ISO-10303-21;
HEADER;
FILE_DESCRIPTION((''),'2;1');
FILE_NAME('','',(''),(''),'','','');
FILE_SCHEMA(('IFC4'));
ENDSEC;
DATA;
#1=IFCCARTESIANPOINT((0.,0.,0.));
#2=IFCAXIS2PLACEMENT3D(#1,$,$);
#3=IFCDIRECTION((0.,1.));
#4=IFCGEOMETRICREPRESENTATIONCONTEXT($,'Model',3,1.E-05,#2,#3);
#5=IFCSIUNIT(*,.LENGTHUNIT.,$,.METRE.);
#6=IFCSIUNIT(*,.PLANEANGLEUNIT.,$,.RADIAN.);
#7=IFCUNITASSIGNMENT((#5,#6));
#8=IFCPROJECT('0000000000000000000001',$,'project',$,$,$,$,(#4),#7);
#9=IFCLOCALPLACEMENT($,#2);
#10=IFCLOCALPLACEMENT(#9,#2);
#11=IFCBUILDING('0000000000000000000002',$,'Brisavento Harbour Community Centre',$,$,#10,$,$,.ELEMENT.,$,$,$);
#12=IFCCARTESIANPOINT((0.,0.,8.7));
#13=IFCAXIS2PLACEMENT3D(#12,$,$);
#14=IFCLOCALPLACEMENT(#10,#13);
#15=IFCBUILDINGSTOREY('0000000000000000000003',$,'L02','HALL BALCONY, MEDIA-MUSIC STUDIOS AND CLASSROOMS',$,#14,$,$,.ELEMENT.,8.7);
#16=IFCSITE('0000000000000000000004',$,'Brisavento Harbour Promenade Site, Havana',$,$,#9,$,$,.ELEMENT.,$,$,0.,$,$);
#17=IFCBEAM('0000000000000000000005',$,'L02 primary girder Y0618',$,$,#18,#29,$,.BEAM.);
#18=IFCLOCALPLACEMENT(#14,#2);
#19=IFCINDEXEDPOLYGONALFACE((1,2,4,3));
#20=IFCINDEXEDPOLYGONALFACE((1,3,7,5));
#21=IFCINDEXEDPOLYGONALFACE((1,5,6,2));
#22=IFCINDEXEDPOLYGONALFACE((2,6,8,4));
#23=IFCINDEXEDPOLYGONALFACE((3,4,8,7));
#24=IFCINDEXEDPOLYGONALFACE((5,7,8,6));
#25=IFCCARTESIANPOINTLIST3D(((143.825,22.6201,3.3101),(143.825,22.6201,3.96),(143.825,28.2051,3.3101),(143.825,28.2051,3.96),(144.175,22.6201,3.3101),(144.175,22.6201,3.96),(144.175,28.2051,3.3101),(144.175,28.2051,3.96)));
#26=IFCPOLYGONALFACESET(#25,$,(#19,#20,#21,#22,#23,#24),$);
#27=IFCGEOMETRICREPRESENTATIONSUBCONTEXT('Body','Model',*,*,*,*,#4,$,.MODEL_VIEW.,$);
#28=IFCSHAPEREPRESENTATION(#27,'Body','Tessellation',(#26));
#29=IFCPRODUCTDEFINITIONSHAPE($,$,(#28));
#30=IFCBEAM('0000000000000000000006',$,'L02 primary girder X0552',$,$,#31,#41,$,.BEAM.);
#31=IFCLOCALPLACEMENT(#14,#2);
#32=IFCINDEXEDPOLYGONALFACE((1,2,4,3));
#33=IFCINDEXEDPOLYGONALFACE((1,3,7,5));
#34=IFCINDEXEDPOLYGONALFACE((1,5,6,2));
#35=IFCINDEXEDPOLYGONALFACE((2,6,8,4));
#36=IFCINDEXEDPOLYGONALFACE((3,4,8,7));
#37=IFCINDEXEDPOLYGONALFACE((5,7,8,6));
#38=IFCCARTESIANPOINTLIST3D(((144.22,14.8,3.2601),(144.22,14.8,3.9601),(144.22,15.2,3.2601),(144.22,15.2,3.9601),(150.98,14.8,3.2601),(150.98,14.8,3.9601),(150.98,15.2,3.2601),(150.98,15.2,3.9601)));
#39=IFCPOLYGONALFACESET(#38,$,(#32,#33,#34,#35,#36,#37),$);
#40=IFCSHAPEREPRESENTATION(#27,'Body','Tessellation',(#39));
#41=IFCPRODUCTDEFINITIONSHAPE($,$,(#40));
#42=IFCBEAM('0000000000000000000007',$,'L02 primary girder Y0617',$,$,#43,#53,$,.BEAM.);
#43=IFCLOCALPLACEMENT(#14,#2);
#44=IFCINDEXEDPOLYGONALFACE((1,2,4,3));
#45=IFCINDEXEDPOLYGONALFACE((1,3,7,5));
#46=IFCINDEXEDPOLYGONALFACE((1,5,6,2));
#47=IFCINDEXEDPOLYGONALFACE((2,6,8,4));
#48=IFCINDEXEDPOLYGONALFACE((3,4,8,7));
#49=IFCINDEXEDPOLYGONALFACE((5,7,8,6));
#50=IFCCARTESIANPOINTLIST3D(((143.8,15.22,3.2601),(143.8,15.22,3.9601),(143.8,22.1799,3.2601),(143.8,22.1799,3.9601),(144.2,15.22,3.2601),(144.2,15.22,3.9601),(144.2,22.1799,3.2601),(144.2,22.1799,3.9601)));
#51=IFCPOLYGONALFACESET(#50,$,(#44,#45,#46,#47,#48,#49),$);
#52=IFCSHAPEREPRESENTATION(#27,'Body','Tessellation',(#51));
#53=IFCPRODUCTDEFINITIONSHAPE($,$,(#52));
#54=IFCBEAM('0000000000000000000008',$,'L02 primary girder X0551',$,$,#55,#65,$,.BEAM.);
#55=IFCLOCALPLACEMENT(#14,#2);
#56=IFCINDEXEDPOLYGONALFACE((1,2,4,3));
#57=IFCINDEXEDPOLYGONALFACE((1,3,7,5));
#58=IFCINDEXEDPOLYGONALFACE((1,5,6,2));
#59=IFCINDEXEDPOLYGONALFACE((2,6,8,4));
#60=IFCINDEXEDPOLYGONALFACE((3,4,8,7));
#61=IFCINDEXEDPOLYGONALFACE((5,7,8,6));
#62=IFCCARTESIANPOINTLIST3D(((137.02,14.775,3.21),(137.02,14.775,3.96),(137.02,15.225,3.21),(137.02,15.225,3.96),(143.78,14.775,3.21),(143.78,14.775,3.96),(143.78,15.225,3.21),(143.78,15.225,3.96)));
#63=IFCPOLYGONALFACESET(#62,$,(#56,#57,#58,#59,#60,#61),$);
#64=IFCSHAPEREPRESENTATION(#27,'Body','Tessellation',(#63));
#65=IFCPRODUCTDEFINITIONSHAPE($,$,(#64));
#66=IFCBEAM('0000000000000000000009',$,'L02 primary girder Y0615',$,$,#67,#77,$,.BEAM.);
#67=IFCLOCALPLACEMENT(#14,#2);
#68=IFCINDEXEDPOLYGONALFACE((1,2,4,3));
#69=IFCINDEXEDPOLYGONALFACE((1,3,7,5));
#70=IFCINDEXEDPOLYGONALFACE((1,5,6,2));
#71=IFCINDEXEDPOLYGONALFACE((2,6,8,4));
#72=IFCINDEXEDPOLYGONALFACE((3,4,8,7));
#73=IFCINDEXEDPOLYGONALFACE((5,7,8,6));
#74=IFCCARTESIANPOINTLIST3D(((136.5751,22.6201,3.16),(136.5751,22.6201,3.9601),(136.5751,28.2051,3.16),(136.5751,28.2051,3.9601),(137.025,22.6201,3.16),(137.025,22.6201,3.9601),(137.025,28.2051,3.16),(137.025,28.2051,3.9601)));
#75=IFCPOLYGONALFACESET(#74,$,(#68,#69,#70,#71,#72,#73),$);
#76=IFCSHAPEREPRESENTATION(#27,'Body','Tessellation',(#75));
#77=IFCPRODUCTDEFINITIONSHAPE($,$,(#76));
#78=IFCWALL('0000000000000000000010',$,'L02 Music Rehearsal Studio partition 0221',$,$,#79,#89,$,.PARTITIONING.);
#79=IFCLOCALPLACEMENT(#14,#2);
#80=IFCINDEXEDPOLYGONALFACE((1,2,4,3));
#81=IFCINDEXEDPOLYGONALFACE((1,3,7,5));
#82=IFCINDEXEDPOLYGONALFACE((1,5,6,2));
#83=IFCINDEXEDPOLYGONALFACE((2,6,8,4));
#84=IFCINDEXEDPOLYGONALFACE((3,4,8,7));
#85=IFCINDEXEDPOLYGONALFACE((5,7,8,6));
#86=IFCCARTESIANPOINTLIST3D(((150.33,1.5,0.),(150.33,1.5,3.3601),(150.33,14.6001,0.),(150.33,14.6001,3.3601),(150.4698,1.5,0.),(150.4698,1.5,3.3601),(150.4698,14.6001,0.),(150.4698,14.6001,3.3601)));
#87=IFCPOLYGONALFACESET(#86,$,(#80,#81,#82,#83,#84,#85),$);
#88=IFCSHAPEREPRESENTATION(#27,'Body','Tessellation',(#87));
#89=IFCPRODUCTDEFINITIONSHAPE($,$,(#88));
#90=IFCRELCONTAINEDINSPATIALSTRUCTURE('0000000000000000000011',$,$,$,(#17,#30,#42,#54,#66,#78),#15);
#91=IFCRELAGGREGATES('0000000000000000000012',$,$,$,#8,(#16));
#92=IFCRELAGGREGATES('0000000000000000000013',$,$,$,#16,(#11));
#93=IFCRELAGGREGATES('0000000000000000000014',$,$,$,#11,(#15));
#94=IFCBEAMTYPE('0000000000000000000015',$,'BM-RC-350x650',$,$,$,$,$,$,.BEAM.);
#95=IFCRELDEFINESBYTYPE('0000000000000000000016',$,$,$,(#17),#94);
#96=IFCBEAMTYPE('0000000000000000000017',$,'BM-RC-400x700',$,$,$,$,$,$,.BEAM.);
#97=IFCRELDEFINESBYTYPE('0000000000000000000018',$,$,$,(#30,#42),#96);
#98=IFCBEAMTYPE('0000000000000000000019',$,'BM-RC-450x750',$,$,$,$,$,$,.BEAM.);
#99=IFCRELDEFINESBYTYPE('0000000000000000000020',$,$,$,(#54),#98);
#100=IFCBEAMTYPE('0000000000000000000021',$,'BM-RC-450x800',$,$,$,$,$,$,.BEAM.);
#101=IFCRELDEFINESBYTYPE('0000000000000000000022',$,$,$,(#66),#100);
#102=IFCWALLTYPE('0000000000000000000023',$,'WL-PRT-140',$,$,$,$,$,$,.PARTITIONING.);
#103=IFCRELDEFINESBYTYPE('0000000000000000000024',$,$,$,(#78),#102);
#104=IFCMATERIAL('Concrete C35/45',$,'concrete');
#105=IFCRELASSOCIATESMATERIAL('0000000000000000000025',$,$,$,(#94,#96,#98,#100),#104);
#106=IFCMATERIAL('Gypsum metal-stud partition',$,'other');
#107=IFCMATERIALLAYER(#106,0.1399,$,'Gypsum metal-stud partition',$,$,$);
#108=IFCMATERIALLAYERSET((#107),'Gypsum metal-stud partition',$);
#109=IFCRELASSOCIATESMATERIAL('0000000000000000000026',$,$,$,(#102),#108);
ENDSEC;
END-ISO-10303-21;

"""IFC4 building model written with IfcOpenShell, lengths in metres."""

from ifc_helpers import new_model, si_unit, direction, frame, frame_2d, origin, origin_2d, place, context, subcontext, project, spatial, rectangle, extrude, material, layer, layer_set, material_profile, profile_set, type_object, element, save


model = new_model("IFC4")

# Units and contexts
model_context = context("Model", 3, precision=1e-05, world=origin(), true_north=direction((0.0, 1.0)))
body_context = subcontext(model_context, "Body", "Model", "MODEL_VIEW")
ifc_project = project(units=[si_unit("LENGTHUNIT", "METRE"), si_unit("PLANEANGLEUNIT", "RADIAN")], contexts=[model_context])

# Site, building, storey
site_placement = place(None, origin())
site = spatial("IfcSite", under=ifc_project, at=site_placement, Name="Brisavento Harbour Promenade Site, Havana", CompositionType="ELEMENT", RefElevation=0.0)
building_placement = place(site_placement, origin())
building = spatial("IfcBuilding", under=site, at=building_placement, Name="Brisavento Harbour Community Centre", CompositionType="ELEMENT")
storey_placement = place(building_placement, frame((0.0, 0.0, 8.7)))
storey = spatial("IfcBuildingStorey", under=building, at=storey_placement, Name="L02", Description="HALL BALCONY, MEDIA-MUSIC STUDIOS AND CLASSROOMS", CompositionType="ELEMENT", Elevation=8.7)

# Shared definitions
ifc_material_1 = material(Name="Concrete C35/45", Category="concrete")

# Beams
ifc_material_profile_1 = material_profile(ifc_material_1, rectangle(XDim=0.3501, YDim=0.6499, at=origin_2d()), Name="Concrete C35/45")
ifc_profile_set_1 = profile_set([ifc_material_profile_1], Name="Concrete C35/45")
beam_type_1 = type_object("IfcBeamType", Name="BM-RC-350x650", PredefinedType="BEAM", material=ifc_profile_set_1)
beam_1_placement = place(storey_placement, frame((144.0, 22.6201, 3.635), z_axis=(0.0, 1.0, 0.0), x_axis=(-1.0, 0.0, 0.0)))
element("IfcBeam", 1, at=beam_1_placement, inside=storey, type_object=beam_type_1, Name="L02 primary girder Y0618", PredefinedType="BEAM", context=body_context, shape_type="SweptSolid", body=[
    extrude(rectangle(XDim=0.3501, YDim=0.6499, at=origin_2d()), origin(), (0.0, 0.0, 1.0), 5.585),
])
ifc_material_profile_2 = material_profile(ifc_material_1, rectangle(XDim=0.3999, YDim=0.7, at=origin_2d()), Name="Concrete C35/45")
ifc_profile_set_2 = profile_set([ifc_material_profile_2], Name="Concrete C35/45")
beam_type_2 = type_object("IfcBeamType", Name="BM-RC-400x700", PredefinedType="BEAM", material=ifc_profile_set_2)
beam_2_placement = place(storey_placement, frame((144.22, 15.0, 3.6101), z_axis=(1.0, 0.0, 0.0), x_axis=(0.0, 1.0, 0.0)))
element("IfcBeam", 2, at=beam_2_placement, inside=storey, type_object=beam_type_2, Name="L02 primary girder X0552", PredefinedType="BEAM", context=body_context, shape_type="SweptSolid", body=[
    extrude(rectangle(XDim=0.3999, YDim=0.7, at=origin_2d()), origin(), (0.0, 0.0, 1.0), 6.76),
])
beam_3_placement = place(storey_placement, frame((144.0, 15.22, 3.6101), z_axis=(0.0, 1.0, 0.0), x_axis=(-1.0, 0.0, 0.0)))
element("IfcBeam", 3, at=beam_3_placement, inside=storey, type_object=beam_type_2, Name="L02 primary girder Y0617", PredefinedType="BEAM", context=body_context, shape_type="SweptSolid", body=[
    extrude(rectangle(XDim=0.3999, YDim=0.7, at=origin_2d()), origin(), (0.0, 0.0, 1.0), 6.96),
])
ifc_material_profile_3 = material_profile(ifc_material_1, rectangle(XDim=0.45, YDim=0.75, at=origin_2d()), Name="Concrete C35/45")
ifc_profile_set_3 = profile_set([ifc_material_profile_3], Name="Concrete C35/45")
beam_type_3 = type_object("IfcBeamType", Name="BM-RC-450x750", PredefinedType="BEAM", material=ifc_profile_set_3)
beam_4_placement = place(storey_placement, frame((137.02, 15.0, 3.585), z_axis=(1.0, 0.0, 0.0), x_axis=(0.0, 1.0, 0.0)))
element("IfcBeam", 4, at=beam_4_placement, inside=storey, type_object=beam_type_3, Name="L02 primary girder X0551", PredefinedType="BEAM", context=body_context, shape_type="SweptSolid", body=[
    extrude(rectangle(XDim=0.45, YDim=0.75, at=origin_2d()), origin(), (0.0, 0.0, 1.0), 6.76),
])
ifc_material_profile_4 = material_profile(ifc_material_1, rectangle(XDim=0.45, YDim=0.8, at=origin_2d()), Name="Concrete C35/45")
ifc_profile_set_4 = profile_set([ifc_material_profile_4], Name="Concrete C35/45")
beam_type_4 = type_object("IfcBeamType", Name="BM-RC-450x800", PredefinedType="BEAM", material=ifc_profile_set_4)
beam_5_placement = place(storey_placement, frame((136.8, 22.6201, 3.5601), z_axis=(0.0, 1.0, 0.0), x_axis=(-1.0, 0.0, 0.0)))
element("IfcBeam", 5, at=beam_5_placement, inside=storey, type_object=beam_type_4, Name="L02 primary girder Y0615", PredefinedType="BEAM", context=body_context, shape_type="SweptSolid", body=[
    extrude(rectangle(XDim=0.45, YDim=0.8, at=origin_2d()), origin(), (0.0, 0.0, 1.0), 5.585),
])

# Wall
ifc_material_2 = material(Name="Gypsum metal-stud partition", Category="other")
ifc_layer = layer(ifc_material_2, 0.1399, Name="Gypsum metal-stud partition")
ifc_layer_set = layer_set([ifc_layer], Name="Gypsum metal-stud partition")
wall_type = type_object("IfcWallType", Name="WL-PRT-140", PredefinedType="PARTITIONING", material=ifc_layer_set)
wall_placement = place(storey_placement, frame((150.3999, 14.6001, 0.0), z_axis=(0.0, 0.0, 1.0), x_axis=(0.0, -1.0, 0.0)))
element("IfcWall", 6, at=wall_placement, inside=storey, type_object=wall_type, Name="L02 Music Rehearsal Studio partition 0221", PredefinedType="PARTITIONING", context=body_context, shape_type="SweptSolid", body=[
    extrude(rectangle(XDim=13.1001, YDim=0.1399, at=frame_2d((6.55, 0.0))), origin(), (0.0, 0.0, 1.0), 3.3601),
])

save(model, "model.ifc")
